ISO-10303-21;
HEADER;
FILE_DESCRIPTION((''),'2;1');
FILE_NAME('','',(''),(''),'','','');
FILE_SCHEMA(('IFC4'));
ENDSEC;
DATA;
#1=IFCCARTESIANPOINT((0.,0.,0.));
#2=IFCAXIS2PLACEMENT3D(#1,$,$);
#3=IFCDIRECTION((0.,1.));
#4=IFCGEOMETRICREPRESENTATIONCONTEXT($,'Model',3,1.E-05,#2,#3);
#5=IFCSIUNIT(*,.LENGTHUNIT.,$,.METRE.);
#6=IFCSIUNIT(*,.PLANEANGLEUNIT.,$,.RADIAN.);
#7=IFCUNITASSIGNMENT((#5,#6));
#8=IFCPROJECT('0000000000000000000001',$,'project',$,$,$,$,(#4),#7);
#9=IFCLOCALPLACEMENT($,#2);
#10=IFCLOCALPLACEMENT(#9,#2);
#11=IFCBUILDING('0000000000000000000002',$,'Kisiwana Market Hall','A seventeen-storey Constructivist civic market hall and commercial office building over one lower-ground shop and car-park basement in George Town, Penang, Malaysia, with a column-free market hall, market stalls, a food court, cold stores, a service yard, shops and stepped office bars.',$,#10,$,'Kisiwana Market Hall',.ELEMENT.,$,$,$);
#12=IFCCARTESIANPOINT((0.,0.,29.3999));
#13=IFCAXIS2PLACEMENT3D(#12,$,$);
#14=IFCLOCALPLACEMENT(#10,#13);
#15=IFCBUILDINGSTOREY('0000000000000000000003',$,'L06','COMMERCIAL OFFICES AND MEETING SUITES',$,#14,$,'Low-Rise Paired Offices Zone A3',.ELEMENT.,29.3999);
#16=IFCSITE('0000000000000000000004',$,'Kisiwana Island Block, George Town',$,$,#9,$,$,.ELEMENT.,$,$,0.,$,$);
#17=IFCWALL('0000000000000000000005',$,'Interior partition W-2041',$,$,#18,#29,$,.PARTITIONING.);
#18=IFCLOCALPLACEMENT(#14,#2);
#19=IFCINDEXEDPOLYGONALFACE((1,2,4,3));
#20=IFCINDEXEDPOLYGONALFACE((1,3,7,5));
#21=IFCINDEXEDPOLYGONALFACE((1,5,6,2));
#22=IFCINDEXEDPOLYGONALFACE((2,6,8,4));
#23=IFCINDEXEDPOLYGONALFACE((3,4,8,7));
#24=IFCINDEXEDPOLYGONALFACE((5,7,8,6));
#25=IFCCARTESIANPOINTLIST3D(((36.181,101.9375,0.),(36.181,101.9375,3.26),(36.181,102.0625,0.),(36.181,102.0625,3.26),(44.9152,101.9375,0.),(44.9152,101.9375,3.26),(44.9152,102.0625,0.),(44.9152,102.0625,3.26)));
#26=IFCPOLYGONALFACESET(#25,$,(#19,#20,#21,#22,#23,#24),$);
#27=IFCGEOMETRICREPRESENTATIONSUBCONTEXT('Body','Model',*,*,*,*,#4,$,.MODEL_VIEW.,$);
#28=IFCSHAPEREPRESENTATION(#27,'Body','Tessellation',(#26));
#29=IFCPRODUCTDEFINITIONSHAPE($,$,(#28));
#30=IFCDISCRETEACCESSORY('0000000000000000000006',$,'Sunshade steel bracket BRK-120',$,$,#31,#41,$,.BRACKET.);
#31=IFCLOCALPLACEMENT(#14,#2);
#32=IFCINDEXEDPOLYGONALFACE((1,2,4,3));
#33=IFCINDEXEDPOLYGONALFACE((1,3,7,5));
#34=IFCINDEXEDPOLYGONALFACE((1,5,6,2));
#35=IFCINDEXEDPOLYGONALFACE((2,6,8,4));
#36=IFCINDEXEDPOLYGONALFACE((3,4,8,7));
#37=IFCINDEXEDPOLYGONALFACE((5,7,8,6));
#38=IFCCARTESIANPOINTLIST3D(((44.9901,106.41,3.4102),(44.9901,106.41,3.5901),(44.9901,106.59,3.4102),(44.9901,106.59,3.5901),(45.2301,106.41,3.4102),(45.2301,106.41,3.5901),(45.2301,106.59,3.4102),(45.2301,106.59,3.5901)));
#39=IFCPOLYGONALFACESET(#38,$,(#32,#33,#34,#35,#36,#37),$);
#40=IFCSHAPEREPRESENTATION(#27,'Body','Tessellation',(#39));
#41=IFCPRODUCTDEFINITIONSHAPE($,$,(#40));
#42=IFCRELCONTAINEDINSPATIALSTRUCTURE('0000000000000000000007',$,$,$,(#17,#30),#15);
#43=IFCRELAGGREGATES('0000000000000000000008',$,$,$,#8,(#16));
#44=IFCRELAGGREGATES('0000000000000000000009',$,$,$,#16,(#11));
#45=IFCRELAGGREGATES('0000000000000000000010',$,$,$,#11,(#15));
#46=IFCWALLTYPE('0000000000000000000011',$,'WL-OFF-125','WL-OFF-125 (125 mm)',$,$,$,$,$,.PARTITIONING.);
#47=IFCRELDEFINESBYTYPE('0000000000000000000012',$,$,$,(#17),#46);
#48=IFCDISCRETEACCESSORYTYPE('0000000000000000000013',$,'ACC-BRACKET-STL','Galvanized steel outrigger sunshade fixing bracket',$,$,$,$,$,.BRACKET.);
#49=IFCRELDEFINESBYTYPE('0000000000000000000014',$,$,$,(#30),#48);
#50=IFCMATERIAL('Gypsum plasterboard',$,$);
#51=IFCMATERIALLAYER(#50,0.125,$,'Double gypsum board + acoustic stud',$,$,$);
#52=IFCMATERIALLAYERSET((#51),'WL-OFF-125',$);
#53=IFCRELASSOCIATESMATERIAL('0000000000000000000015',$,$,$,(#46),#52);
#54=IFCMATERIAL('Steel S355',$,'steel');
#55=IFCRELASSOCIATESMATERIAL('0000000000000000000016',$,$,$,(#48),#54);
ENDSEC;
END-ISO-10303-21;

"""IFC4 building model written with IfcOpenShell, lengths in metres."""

from ifc_helpers import new_model, si_unit, direction, frame, frame_2d, origin, origin_2d, place, context, subcontext, project, spatial, rectangle, extrude, material, layer, layer_set, type_object, element, save


model = new_model("IFC4")

# Units and contexts
model_context = context("Model", 3, precision=1e-05, world=origin(), true_north=direction((0.0, 1.0)))
body_context = subcontext(model_context, "Body", "Model", "MODEL_VIEW")
ifc_project = project(units=[si_unit("LENGTHUNIT", "METRE"), si_unit("PLANEANGLEUNIT", "RADIAN")], contexts=[model_context])

# Site, building, storey
site_placement = place(None, origin())
site = spatial("IfcSite", under=ifc_project, at=site_placement, Name="Kisiwana Island Block, George Town", CompositionType="ELEMENT", RefElevation=0.0)
building_placement = place(site_placement, origin())
building = spatial("IfcBuilding", under=site, at=building_placement, Name="Kisiwana Market Hall", Description="A seventeen-storey Constructivist civic market hall and commercial office building over one lower-ground shop and car-park basement in George Town, Penang, Malaysia, with a column-free market hall, market stalls, a food court, cold stores, a service yard, shops and stepped office bars.", LongName="Kisiwana Market Hall", CompositionType="ELEMENT")
storey_placement = place(building_placement, frame((0.0, 0.0, 29.3999)))
storey = spatial("IfcBuildingStorey", under=building, at=storey_placement, Name="L06", Description="COMMERCIAL OFFICES AND MEETING SUITES", LongName="Low-Rise Paired Offices Zone A3", CompositionType="ELEMENT", Elevation=29.3999)

# Wall
ifc_material_1 = material(Name="Gypsum plasterboard")
ifc_layer_1 = layer(ifc_material_1, 0.125, Name="Double gypsum board + acoustic stud")
ifc_layer_set_1 = layer_set([ifc_layer_1], Name="WL-OFF-125")
wall_type_1 = type_object("IfcWallType", Name="WL-OFF-125", Description="WL-OFF-125 (125 mm)", PredefinedType="PARTITIONING", material=ifc_layer_set_1)
wall_1_placement = place(storey_placement, frame((36.1809, 102.0, 0.0), z_axis=(0.0, 0.0, 1.0), x_axis=(1.0, 0.0, 0.0)))
element("IfcWall", 1, at=wall_1_placement, inside=storey, type_object=wall_type_1, Name="Interior partition W-2041", PredefinedType="PARTITIONING", context=body_context, shape_type="SweptSolid", body=[
    extrude(rectangle(XDim=8.7341, YDim=0.125, at=frame_2d((4.3672, 0.0))), origin(), (0.0, 0.0, 1.0), 3.26),
])

# Discrete accessory
ifc_material_2 = material(Name="Steel S355", Category="steel")
discrete_accessory_type = type_object("IfcDiscreteAccessoryType", Name="ACC-BRACKET-STL", Description="Galvanized steel outrigger sunshade fixing bracket", PredefinedType="BRACKET", material=ifc_material_2)
discrete_accessory_placement = place(storey_placement, frame((45.1101, 106.5, 3.4102), z_axis=(0.0, 0.0, 1.0), x_axis=(0.0, 1.0, 0.0)))
element("IfcDiscreteAccessory", 2, at=discrete_accessory_placement, inside=storey, type_object=discrete_accessory_type, Name="Sunshade steel bracket BRK-120", PredefinedType="BRACKET", context=body_context, shape_type="SweptSolid", body=[
    extrude(rectangle(XDim=0.1799, YDim=0.24, at=origin_2d()), origin(), (0.0, 0.0, 1.0), 0.1799),
])

save(model, "model.ifc")
